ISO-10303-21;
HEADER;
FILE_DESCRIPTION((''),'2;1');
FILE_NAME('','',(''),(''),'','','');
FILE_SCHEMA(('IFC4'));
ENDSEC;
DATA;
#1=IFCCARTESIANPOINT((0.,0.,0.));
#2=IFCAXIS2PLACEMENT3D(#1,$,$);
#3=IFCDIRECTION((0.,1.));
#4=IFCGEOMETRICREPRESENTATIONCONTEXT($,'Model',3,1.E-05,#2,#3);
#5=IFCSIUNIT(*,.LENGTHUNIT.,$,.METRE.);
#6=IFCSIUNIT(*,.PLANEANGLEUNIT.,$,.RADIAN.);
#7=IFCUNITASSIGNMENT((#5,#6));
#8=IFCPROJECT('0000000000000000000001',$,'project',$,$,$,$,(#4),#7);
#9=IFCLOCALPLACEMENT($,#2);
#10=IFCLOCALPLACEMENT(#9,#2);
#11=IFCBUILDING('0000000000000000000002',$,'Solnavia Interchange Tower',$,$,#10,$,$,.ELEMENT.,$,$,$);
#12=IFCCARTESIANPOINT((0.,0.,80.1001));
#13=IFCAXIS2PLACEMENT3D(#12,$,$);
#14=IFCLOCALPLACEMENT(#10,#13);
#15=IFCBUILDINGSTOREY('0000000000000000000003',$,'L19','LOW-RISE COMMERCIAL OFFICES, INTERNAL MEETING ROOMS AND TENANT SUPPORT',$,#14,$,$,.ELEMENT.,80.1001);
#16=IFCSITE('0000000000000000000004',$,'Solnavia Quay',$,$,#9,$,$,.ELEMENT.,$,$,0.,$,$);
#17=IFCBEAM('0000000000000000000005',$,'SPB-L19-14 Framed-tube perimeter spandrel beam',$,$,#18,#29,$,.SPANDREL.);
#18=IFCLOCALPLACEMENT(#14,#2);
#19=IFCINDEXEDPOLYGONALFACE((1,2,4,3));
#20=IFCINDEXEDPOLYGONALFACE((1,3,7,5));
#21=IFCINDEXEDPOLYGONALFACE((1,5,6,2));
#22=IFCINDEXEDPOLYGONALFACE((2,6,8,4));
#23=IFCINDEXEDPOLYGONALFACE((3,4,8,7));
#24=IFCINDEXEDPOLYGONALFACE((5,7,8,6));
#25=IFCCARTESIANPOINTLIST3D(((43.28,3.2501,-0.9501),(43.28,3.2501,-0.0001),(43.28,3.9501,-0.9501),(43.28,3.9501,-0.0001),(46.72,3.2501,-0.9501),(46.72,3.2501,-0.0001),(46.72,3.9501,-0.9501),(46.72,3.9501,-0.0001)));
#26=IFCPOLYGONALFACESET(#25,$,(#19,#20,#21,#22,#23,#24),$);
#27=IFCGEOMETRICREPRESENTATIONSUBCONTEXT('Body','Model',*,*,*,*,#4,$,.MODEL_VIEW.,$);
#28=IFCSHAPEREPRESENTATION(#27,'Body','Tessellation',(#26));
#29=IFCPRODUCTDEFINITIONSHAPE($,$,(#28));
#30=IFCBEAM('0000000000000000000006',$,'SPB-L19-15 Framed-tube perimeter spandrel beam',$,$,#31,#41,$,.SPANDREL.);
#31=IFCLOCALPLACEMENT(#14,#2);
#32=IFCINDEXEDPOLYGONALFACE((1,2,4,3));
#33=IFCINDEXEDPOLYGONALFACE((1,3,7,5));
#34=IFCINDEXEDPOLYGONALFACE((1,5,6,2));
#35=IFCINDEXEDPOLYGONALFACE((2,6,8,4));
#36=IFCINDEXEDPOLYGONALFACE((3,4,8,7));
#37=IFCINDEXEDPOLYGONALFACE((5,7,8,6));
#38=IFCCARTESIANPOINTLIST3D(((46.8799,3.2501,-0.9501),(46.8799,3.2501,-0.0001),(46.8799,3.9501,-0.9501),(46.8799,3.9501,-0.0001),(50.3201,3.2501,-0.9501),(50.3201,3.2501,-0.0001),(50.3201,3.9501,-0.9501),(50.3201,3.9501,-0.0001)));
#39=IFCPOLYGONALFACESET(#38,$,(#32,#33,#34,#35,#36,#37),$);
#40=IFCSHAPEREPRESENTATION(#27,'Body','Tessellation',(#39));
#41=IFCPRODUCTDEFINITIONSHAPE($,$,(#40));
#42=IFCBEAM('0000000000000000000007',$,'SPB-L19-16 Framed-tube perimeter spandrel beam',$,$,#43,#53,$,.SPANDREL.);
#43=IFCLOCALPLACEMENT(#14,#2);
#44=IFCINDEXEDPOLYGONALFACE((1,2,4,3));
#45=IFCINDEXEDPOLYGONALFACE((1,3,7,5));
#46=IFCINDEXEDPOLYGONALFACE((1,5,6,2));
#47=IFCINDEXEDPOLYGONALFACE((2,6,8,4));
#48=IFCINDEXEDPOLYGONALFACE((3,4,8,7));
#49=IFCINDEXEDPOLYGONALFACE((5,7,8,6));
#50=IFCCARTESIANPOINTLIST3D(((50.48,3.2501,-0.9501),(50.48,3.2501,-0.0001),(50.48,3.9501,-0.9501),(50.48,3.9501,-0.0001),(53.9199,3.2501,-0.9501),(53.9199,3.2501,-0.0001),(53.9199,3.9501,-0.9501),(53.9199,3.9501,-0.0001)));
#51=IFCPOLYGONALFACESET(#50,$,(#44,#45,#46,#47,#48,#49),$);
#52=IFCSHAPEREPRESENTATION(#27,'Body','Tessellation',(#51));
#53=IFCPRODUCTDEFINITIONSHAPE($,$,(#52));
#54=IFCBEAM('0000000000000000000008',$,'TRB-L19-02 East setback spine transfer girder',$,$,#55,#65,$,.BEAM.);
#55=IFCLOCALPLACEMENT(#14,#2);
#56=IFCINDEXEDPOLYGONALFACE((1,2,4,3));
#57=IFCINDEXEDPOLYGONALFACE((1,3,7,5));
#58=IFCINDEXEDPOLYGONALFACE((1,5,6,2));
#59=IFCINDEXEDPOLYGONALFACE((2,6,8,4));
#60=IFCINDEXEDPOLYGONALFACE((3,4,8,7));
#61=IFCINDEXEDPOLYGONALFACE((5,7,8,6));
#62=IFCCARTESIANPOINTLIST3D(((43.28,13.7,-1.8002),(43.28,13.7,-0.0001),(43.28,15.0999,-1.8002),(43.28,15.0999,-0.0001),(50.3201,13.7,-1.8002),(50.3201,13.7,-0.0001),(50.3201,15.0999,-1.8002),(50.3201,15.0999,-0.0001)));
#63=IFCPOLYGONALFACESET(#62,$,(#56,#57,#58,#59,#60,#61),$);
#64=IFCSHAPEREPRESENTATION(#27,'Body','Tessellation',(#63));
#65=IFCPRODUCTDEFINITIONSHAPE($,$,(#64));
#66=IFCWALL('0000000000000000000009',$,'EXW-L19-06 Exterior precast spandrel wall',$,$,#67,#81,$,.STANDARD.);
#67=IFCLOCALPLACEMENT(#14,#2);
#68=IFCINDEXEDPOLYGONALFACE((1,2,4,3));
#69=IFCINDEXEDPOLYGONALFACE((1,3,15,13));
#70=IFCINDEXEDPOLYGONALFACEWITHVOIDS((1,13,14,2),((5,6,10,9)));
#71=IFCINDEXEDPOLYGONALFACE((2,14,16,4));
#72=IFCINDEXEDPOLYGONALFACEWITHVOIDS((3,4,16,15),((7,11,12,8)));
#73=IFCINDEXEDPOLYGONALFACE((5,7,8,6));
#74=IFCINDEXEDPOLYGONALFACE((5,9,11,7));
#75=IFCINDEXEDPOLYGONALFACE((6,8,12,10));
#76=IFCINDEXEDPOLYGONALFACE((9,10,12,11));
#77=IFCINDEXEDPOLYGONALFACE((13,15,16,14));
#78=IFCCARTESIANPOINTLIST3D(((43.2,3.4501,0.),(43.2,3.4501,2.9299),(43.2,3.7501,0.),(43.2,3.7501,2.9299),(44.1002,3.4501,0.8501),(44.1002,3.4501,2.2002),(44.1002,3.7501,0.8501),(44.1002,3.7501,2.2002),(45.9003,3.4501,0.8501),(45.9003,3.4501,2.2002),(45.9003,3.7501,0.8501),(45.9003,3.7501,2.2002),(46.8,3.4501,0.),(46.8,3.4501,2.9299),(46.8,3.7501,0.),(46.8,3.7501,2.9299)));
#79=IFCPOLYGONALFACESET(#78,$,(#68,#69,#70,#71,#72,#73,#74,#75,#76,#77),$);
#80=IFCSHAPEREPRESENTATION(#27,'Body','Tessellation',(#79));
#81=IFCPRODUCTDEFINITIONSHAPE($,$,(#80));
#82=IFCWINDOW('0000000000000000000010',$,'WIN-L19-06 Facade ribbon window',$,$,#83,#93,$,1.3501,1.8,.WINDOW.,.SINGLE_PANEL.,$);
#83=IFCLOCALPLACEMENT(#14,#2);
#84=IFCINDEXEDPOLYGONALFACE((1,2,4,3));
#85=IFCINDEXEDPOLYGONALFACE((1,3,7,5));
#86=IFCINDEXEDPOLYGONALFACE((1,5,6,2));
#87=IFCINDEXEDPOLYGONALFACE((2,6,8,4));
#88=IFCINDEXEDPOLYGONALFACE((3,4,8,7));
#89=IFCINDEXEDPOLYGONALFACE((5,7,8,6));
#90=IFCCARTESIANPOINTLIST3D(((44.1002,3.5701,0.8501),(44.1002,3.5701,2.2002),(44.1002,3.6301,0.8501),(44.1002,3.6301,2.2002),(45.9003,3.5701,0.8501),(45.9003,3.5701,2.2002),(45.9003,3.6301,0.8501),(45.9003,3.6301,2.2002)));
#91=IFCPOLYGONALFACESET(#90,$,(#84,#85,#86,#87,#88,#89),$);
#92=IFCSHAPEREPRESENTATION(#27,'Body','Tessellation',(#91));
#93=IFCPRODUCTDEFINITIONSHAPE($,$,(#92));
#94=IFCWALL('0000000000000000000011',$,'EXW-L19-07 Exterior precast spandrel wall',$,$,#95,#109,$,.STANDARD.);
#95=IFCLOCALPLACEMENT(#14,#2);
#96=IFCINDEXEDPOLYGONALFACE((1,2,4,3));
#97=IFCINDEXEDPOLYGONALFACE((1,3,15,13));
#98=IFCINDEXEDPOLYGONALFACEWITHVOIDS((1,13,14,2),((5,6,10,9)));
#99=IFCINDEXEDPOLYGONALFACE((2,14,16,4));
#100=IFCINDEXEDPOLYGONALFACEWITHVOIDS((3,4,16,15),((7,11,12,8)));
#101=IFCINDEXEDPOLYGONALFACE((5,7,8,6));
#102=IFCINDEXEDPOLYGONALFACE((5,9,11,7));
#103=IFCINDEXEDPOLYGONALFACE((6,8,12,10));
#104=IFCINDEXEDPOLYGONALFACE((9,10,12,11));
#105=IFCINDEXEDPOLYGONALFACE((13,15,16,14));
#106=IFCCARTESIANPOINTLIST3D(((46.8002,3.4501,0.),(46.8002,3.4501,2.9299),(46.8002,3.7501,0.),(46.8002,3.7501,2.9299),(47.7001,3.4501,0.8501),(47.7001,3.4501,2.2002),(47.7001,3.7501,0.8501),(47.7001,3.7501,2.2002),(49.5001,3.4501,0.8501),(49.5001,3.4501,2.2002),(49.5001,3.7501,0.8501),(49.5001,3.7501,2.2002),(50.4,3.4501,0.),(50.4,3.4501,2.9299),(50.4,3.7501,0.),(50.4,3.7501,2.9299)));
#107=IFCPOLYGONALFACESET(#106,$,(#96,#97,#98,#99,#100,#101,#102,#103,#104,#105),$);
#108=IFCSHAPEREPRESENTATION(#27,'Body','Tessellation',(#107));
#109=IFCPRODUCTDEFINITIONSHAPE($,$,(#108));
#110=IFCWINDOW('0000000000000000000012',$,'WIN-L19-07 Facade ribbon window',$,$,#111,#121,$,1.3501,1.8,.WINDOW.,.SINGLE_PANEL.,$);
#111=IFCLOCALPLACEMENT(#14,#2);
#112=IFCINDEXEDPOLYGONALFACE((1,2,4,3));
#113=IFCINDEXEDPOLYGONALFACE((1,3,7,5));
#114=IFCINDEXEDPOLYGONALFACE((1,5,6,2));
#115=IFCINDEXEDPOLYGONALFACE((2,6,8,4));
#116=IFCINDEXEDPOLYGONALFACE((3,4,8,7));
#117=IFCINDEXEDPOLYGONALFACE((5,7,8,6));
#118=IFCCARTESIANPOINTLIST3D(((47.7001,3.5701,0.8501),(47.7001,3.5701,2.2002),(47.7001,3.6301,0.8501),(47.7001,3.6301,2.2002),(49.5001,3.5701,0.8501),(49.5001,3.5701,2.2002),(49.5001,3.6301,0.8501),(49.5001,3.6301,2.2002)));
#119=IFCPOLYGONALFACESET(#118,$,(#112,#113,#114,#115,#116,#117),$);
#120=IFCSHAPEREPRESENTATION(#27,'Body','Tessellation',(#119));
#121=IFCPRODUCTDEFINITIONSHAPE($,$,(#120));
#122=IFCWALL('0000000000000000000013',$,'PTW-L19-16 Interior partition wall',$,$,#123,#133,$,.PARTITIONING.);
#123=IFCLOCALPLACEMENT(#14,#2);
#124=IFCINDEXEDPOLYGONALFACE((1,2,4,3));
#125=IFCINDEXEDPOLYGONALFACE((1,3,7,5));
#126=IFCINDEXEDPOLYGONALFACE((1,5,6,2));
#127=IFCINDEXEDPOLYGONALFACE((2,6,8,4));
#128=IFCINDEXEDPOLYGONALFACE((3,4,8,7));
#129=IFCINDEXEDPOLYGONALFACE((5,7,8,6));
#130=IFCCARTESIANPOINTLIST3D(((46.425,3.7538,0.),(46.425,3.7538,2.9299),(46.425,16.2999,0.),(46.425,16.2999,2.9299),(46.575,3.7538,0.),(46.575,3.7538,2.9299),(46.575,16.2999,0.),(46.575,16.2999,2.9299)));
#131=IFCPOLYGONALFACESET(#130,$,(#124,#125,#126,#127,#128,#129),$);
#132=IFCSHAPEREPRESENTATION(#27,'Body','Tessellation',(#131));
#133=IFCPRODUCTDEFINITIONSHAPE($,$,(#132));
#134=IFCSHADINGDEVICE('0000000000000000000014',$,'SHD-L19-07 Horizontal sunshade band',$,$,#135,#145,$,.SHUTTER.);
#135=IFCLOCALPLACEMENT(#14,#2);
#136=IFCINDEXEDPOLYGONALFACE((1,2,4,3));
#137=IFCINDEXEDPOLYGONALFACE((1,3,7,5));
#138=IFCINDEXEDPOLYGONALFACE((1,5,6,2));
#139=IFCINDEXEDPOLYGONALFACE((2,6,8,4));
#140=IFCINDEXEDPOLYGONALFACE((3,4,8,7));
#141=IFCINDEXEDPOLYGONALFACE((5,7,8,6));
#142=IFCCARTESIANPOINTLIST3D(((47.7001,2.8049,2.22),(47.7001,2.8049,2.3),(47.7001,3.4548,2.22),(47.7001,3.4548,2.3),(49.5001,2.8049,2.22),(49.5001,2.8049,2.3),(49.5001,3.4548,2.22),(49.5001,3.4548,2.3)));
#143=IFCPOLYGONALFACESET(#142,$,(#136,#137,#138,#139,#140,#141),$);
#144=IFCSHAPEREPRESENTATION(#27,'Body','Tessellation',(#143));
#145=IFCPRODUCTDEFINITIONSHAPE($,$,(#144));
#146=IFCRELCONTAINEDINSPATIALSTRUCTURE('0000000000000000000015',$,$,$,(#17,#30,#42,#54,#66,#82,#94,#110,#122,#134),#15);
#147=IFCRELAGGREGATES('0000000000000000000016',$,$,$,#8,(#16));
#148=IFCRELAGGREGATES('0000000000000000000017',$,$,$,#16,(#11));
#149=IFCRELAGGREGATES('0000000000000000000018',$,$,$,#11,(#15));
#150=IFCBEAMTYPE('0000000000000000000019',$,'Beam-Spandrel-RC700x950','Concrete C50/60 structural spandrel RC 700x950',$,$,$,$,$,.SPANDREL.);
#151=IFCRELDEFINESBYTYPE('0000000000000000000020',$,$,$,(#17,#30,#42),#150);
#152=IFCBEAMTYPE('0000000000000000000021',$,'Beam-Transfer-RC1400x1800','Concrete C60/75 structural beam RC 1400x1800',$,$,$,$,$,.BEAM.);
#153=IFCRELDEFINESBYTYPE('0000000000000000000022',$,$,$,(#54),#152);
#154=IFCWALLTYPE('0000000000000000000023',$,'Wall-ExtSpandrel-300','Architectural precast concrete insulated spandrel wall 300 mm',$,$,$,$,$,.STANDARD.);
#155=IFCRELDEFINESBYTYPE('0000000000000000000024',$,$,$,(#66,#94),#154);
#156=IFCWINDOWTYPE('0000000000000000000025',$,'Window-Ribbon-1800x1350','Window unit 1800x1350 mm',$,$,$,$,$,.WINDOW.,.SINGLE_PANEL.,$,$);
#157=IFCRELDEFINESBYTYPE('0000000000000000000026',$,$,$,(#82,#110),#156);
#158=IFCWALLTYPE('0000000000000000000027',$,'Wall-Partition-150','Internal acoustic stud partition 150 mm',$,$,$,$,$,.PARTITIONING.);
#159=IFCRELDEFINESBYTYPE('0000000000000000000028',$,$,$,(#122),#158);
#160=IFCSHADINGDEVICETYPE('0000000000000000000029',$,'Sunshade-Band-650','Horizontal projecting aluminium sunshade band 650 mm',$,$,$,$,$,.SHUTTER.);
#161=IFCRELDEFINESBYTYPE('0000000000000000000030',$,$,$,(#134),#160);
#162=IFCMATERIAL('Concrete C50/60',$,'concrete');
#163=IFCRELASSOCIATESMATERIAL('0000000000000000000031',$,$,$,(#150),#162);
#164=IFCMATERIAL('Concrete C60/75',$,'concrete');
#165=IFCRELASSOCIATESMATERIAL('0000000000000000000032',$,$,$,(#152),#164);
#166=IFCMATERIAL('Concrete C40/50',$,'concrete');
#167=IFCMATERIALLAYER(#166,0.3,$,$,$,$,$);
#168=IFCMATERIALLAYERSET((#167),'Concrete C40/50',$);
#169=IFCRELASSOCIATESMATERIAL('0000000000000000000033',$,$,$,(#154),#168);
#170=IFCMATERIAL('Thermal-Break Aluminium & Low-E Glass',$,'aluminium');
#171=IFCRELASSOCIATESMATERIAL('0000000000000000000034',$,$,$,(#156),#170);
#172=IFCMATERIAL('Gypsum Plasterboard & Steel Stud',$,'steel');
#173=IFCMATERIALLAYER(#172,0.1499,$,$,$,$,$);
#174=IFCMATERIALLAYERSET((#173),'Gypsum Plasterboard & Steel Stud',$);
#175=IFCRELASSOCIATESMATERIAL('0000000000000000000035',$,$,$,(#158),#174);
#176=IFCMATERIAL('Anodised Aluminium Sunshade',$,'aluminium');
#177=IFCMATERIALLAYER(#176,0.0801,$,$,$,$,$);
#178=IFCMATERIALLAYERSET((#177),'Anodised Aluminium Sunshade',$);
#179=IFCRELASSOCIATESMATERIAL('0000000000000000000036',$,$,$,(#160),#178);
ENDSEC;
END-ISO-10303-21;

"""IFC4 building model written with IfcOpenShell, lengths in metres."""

from ifc_helpers import new_model, si_unit, direction, frame, frame_2d, origin, origin_2d, place, context, subcontext, project, spatial, rectangle, extrude, material, layer, layer_set, material_profile, profile_set, type_object, element, fill, save


model = new_model("IFC4")

# Units and contexts
model_context = context("Model", 3, precision=1e-05, world=origin(), true_north=direction((0.0, 1.0)))
body_context = subcontext(model_context, "Body", "Model", "MODEL_VIEW")
ifc_project = project(units=[si_unit("LENGTHUNIT", "METRE"), si_unit("PLANEANGLEUNIT", "RADIAN")], contexts=[model_context])

# Site, building, storey
site_placement = place(None, origin())
site = spatial("IfcSite", under=ifc_project, at=site_placement, Name="Solnavia Quay", CompositionType="ELEMENT", RefElevation=0.0)
building_placement = place(site_placement, origin())
building = spatial("IfcBuilding", under=site, at=building_placement, Name="Solnavia Interchange Tower", CompositionType="ELEMENT")
storey_placement = place(building_placement, frame((0.0, 0.0, 80.1001)))
storey = spatial("IfcBuildingStorey", under=building, at=storey_placement, Name="L19", Description="LOW-RISE COMMERCIAL OFFICES, INTERNAL MEETING ROOMS AND TENANT SUPPORT", CompositionType="ELEMENT", Elevation=80.1001)

# Shared definitions
ifc_material_1 = material(Name="Concrete C50/60", Category="concrete")

# Beams
ifc_material_profile_1 = material_profile(ifc_material_1, rectangle(XDim=0.7, YDim=0.95, at=origin_2d()), Name="RC 700x950")
ifc_profile_set_1 = profile_set([ifc_material_profile_1], Name="Concrete C50/60")
beam_type_1 = type_object("IfcBeamType", Name="Beam-Spandrel-RC700x950", Description="Concrete C50/60 structural spandrel RC 700x950", PredefinedType="SPANDREL", material=ifc_profile_set_1)
beam_1_placement = place(storey_placement, frame((43.28, 3.6001, -0.4751), z_axis=(1.0, 0.0, 0.0), x_axis=(0.0, 1.0, 0.0)))
element("IfcBeam", 1, at=beam_1_placement, inside=storey, type_object=beam_type_1, Name="SPB-L19-14 Framed-tube perimeter spandrel beam", PredefinedType="SPANDREL", context=body_context, shape_type="SweptSolid", body=[
    extrude(rectangle(XDim=0.7, YDim=0.95, at=origin_2d()), origin(), (0.0, 0.0, 1.0), 3.4399),
])
beam_2_placement = place(storey_placement, frame((46.8799, 3.6001, -0.4751), z_axis=(1.0, 0.0, 0.0), x_axis=(0.0, 1.0, 0.0)))
element("IfcBeam", 2, at=beam_2_placement, inside=storey, type_object=beam_type_1, Name="SPB-L19-15 Framed-tube perimeter spandrel beam", PredefinedType="SPANDREL", context=body_context, shape_type="SweptSolid", body=[
    extrude(rectangle(XDim=0.7, YDim=0.95, at=origin_2d()), origin(), (0.0, 0.0, 1.0), 3.4402),
])
beam_3_placement = place(storey_placement, frame((50.48, 3.6001, -0.4751), z_axis=(1.0, 0.0, 0.0), x_axis=(0.0, 1.0, 0.0)))
element("IfcBeam", 3, at=beam_3_placement, inside=storey, type_object=beam_type_1, Name="SPB-L19-16 Framed-tube perimeter spandrel beam", PredefinedType="SPANDREL", context=body_context, shape_type="SweptSolid", body=[
    extrude(rectangle(XDim=0.7, YDim=0.95, at=origin_2d()), origin(), (0.0, 0.0, 1.0), 3.4399),
])
ifc_material_2 = material(Name="Concrete C60/75", Category="concrete")
ifc_material_profile_2 = material_profile(ifc_material_2, rectangle(XDim=1.3999, YDim=1.8, at=origin_2d()), Name="RC 1400x1800")
ifc_profile_set_2 = profile_set([ifc_material_profile_2], Name="Concrete C60/75")
beam_type_2 = type_object("IfcBeamType", Name="Beam-Transfer-RC1400x1800", Description="Concrete C60/75 structural beam RC 1400x1800", PredefinedType="BEAM", material=ifc_profile_set_2)
beam_4_placement = place(storey_placement, frame((43.28, 14.3999, -0.9001), z_axis=(1.0, 0.0, 0.0), x_axis=(0.0, 1.0, 0.0)))
element("IfcBeam", 4, at=beam_4_placement, inside=storey, type_object=beam_type_2, Name="TRB-L19-02 East setback spine transfer girder", PredefinedType="BEAM", context=body_context, shape_type="SweptSolid", body=[
    extrude(rectangle(XDim=1.3999, YDim=1.8, at=origin_2d()), origin(), (0.0, 0.0, 1.0), 7.04),
])

# Walls, openings, windows
ifc_material_3 = material(Name="Concrete C40/50", Category="concrete")
ifc_layer_1 = layer(ifc_material_3, 0.3)
ifc_layer_set_1 = layer_set([ifc_layer_1], Name="Concrete C40/50")
wall_type_1 = type_object("IfcWallType", Name="Wall-ExtSpandrel-300", Description="Architectural precast concrete insulated spandrel wall 300 mm", PredefinedType="STANDARD", material=ifc_layer_set_1)
wall_1_placement = place(storey_placement, frame((46.8, 3.6001, 0.0), z_axis=(0.0, 0.0, 1.0), x_axis=(-1.0, 0.0, 0.0)))
wall_1 = element("IfcWall", 5, at=wall_1_placement, inside=storey, type_object=wall_type_1, Name="EXW-L19-06 Exterior precast spandrel wall", PredefinedType="STANDARD", context=body_context, shape_type="SweptSolid", body=[
    extrude(rectangle(XDim=3.6001, YDim=0.3, at=frame_2d((1.8, 0.0))), origin(), (0.0, 0.0, 1.0), 2.9299),
])
opening_1_placement = place(wall_1_placement, frame((0.8999, 0.0, 0.8501)))
opening_1 = element("IfcOpeningElement", 6, at=opening_1_placement, cuts=wall_1, PredefinedType="OPENING", context=body_context, shape_type="SweptSolid", body=[
    extrude(rectangle(XDim=1.8, YDim=1.3501, at=frame_2d((0.8999, 0.675))), frame((0.0, 0.1602, 0.0), z_axis=(0.0, -1.0, 0.0), x_axis=(1.0, 0.0, 0.0)), (0.0, 0.0, 1.0), 0.3201),
])
ifc_material_4 = material(Name="Thermal-Break Aluminium & Low-E Glass", Category="aluminium")
window_type = type_object("IfcWindowType", Name="Window-Ribbon-1800x1350", Description="Window unit 1800x1350 mm", PartitioningType="SINGLE_PANEL", PredefinedType="WINDOW", material=ifc_material_4)
window_1_placement = place(opening_1_placement, origin())
window_1 = element("IfcWindow", 7, at=window_1_placement, inside=storey, type_object=window_type, Name="WIN-L19-06 Facade ribbon window", OverallHeight=1.3501, OverallWidth=1.8, PartitioningType="SINGLE_PANEL", PredefinedType="WINDOW", context=body_context, shape_type="SweptSolid", body=[
    extrude(rectangle(XDim=1.8, YDim=1.3501, at=frame_2d((0.8999, 0.675))), frame((0.0, 0.03, 0.0), z_axis=(0.0, -1.0, 0.0), x_axis=(1.0, 0.0, 0.0)), (0.0, 0.0, 1.0), 0.0601),
])
fill(opening_1, window_1)
wall_2_placement = place(storey_placement, frame((50.3999, 3.6001, 0.0), z_axis=(0.0, 0.0, 1.0), x_axis=(-1.0, 0.0, 0.0)))
wall_2 = element("IfcWall", 8, at=wall_2_placement, inside=storey, type_object=wall_type_1, Name="EXW-L19-07 Exterior precast spandrel wall", PredefinedType="STANDARD", context=body_context, shape_type="SweptSolid", body=[
    extrude(rectangle(XDim=3.5999, YDim=0.3, at=frame_2d((1.7998, 0.0))), origin(), (0.0, 0.0, 1.0), 2.9299),
])
opening_2_placement = place(wall_2_placement, frame((0.8999, 0.0, 0.8501)))
opening_2 = element("IfcOpeningElement", 9, at=opening_2_placement, cuts=wall_2, PredefinedType="OPENING", context=body_context, shape_type="SweptSolid", body=[
    extrude(rectangle(XDim=1.8, YDim=1.3501, at=frame_2d((0.8999, 0.675))), frame((0.0, 0.1602, 0.0), z_axis=(0.0, -1.0, 0.0), x_axis=(1.0, 0.0, 0.0)), (0.0, 0.0, 1.0), 0.3201),
])
window_2_placement = place(opening_2_placement, origin())
window_2 = element("IfcWindow", 10, at=window_2_placement, inside=storey, type_object=window_type, Name="WIN-L19-07 Facade ribbon window", OverallHeight=1.3501, OverallWidth=1.8, PartitioningType="SINGLE_PANEL", PredefinedType="WINDOW", context=body_context, shape_type="SweptSolid", body=[
    extrude(rectangle(XDim=1.8, YDim=1.3501, at=frame_2d((0.8999, 0.675))), frame((0.0, 0.03, 0.0), z_axis=(0.0, -1.0, 0.0), x_axis=(1.0, 0.0, 0.0)), (0.0, 0.0, 1.0), 0.0601),
])
fill(opening_2, window_2)

# Wall
ifc_material_5 = material(Name="Gypsum Plasterboard & Steel Stud", Category="steel")
ifc_layer_2 = layer(ifc_material_5, 0.1499)
ifc_layer_set_2 = layer_set([ifc_layer_2], Name="Gypsum Plasterboard & Steel Stud")
wall_type_2 = type_object("IfcWallType", Name="Wall-Partition-150", Description="Internal acoustic stud partition 150 mm", PredefinedType="PARTITIONING", material=ifc_layer_set_2)
wall_3_placement = place(storey_placement, frame((46.5, 3.7539, 0.0), z_axis=(0.0, 0.0, 1.0), x_axis=(0.0, 1.0, 0.0)))
element("IfcWall", 11, at=wall_3_placement, inside=storey, type_object=wall_type_2, Name="PTW-L19-16 Interior partition wall", PredefinedType="PARTITIONING", context=body_context, shape_type="SweptSolid", body=[
    extrude(rectangle(XDim=12.5461, YDim=0.1499, at=frame_2d((6.2729, 0.0))), origin(), (0.0, 0.0, 1.0), 2.9299),
])

# Shading device
ifc_material_6 = material(Name="Anodised Aluminium Sunshade", Category="aluminium")
ifc_layer_3 = layer(ifc_material_6, 0.0801)
ifc_layer_set_3 = layer_set([ifc_layer_3], Name="Anodised Aluminium Sunshade")
shading_device_type = type_object("IfcShadingDeviceType", Name="Sunshade-Band-650", Description="Horizontal projecting aluminium sunshade band 650 mm", PredefinedType="SHUTTER", material=ifc_layer_set_3)
shading_device_placement = place(storey_placement, frame((48.6001, 3.1299, 2.22), z_axis=(0.0, 0.0, 1.0), x_axis=(-1.0, 0.0, 0.0)))
element("IfcShadingDevice", 12, at=shading_device_placement, inside=storey, type_object=shading_device_type, Name="SHD-L19-07 Horizontal sunshade band", PredefinedType="SHUTTER", context=body_context, shape_type="SweptSolid", body=[
    extrude(rectangle(XDim=1.8, YDim=0.6499, at=origin_2d()), origin(), (0.0, 0.0, 1.0), 0.0801),
])

save(model, "model.ifc")
